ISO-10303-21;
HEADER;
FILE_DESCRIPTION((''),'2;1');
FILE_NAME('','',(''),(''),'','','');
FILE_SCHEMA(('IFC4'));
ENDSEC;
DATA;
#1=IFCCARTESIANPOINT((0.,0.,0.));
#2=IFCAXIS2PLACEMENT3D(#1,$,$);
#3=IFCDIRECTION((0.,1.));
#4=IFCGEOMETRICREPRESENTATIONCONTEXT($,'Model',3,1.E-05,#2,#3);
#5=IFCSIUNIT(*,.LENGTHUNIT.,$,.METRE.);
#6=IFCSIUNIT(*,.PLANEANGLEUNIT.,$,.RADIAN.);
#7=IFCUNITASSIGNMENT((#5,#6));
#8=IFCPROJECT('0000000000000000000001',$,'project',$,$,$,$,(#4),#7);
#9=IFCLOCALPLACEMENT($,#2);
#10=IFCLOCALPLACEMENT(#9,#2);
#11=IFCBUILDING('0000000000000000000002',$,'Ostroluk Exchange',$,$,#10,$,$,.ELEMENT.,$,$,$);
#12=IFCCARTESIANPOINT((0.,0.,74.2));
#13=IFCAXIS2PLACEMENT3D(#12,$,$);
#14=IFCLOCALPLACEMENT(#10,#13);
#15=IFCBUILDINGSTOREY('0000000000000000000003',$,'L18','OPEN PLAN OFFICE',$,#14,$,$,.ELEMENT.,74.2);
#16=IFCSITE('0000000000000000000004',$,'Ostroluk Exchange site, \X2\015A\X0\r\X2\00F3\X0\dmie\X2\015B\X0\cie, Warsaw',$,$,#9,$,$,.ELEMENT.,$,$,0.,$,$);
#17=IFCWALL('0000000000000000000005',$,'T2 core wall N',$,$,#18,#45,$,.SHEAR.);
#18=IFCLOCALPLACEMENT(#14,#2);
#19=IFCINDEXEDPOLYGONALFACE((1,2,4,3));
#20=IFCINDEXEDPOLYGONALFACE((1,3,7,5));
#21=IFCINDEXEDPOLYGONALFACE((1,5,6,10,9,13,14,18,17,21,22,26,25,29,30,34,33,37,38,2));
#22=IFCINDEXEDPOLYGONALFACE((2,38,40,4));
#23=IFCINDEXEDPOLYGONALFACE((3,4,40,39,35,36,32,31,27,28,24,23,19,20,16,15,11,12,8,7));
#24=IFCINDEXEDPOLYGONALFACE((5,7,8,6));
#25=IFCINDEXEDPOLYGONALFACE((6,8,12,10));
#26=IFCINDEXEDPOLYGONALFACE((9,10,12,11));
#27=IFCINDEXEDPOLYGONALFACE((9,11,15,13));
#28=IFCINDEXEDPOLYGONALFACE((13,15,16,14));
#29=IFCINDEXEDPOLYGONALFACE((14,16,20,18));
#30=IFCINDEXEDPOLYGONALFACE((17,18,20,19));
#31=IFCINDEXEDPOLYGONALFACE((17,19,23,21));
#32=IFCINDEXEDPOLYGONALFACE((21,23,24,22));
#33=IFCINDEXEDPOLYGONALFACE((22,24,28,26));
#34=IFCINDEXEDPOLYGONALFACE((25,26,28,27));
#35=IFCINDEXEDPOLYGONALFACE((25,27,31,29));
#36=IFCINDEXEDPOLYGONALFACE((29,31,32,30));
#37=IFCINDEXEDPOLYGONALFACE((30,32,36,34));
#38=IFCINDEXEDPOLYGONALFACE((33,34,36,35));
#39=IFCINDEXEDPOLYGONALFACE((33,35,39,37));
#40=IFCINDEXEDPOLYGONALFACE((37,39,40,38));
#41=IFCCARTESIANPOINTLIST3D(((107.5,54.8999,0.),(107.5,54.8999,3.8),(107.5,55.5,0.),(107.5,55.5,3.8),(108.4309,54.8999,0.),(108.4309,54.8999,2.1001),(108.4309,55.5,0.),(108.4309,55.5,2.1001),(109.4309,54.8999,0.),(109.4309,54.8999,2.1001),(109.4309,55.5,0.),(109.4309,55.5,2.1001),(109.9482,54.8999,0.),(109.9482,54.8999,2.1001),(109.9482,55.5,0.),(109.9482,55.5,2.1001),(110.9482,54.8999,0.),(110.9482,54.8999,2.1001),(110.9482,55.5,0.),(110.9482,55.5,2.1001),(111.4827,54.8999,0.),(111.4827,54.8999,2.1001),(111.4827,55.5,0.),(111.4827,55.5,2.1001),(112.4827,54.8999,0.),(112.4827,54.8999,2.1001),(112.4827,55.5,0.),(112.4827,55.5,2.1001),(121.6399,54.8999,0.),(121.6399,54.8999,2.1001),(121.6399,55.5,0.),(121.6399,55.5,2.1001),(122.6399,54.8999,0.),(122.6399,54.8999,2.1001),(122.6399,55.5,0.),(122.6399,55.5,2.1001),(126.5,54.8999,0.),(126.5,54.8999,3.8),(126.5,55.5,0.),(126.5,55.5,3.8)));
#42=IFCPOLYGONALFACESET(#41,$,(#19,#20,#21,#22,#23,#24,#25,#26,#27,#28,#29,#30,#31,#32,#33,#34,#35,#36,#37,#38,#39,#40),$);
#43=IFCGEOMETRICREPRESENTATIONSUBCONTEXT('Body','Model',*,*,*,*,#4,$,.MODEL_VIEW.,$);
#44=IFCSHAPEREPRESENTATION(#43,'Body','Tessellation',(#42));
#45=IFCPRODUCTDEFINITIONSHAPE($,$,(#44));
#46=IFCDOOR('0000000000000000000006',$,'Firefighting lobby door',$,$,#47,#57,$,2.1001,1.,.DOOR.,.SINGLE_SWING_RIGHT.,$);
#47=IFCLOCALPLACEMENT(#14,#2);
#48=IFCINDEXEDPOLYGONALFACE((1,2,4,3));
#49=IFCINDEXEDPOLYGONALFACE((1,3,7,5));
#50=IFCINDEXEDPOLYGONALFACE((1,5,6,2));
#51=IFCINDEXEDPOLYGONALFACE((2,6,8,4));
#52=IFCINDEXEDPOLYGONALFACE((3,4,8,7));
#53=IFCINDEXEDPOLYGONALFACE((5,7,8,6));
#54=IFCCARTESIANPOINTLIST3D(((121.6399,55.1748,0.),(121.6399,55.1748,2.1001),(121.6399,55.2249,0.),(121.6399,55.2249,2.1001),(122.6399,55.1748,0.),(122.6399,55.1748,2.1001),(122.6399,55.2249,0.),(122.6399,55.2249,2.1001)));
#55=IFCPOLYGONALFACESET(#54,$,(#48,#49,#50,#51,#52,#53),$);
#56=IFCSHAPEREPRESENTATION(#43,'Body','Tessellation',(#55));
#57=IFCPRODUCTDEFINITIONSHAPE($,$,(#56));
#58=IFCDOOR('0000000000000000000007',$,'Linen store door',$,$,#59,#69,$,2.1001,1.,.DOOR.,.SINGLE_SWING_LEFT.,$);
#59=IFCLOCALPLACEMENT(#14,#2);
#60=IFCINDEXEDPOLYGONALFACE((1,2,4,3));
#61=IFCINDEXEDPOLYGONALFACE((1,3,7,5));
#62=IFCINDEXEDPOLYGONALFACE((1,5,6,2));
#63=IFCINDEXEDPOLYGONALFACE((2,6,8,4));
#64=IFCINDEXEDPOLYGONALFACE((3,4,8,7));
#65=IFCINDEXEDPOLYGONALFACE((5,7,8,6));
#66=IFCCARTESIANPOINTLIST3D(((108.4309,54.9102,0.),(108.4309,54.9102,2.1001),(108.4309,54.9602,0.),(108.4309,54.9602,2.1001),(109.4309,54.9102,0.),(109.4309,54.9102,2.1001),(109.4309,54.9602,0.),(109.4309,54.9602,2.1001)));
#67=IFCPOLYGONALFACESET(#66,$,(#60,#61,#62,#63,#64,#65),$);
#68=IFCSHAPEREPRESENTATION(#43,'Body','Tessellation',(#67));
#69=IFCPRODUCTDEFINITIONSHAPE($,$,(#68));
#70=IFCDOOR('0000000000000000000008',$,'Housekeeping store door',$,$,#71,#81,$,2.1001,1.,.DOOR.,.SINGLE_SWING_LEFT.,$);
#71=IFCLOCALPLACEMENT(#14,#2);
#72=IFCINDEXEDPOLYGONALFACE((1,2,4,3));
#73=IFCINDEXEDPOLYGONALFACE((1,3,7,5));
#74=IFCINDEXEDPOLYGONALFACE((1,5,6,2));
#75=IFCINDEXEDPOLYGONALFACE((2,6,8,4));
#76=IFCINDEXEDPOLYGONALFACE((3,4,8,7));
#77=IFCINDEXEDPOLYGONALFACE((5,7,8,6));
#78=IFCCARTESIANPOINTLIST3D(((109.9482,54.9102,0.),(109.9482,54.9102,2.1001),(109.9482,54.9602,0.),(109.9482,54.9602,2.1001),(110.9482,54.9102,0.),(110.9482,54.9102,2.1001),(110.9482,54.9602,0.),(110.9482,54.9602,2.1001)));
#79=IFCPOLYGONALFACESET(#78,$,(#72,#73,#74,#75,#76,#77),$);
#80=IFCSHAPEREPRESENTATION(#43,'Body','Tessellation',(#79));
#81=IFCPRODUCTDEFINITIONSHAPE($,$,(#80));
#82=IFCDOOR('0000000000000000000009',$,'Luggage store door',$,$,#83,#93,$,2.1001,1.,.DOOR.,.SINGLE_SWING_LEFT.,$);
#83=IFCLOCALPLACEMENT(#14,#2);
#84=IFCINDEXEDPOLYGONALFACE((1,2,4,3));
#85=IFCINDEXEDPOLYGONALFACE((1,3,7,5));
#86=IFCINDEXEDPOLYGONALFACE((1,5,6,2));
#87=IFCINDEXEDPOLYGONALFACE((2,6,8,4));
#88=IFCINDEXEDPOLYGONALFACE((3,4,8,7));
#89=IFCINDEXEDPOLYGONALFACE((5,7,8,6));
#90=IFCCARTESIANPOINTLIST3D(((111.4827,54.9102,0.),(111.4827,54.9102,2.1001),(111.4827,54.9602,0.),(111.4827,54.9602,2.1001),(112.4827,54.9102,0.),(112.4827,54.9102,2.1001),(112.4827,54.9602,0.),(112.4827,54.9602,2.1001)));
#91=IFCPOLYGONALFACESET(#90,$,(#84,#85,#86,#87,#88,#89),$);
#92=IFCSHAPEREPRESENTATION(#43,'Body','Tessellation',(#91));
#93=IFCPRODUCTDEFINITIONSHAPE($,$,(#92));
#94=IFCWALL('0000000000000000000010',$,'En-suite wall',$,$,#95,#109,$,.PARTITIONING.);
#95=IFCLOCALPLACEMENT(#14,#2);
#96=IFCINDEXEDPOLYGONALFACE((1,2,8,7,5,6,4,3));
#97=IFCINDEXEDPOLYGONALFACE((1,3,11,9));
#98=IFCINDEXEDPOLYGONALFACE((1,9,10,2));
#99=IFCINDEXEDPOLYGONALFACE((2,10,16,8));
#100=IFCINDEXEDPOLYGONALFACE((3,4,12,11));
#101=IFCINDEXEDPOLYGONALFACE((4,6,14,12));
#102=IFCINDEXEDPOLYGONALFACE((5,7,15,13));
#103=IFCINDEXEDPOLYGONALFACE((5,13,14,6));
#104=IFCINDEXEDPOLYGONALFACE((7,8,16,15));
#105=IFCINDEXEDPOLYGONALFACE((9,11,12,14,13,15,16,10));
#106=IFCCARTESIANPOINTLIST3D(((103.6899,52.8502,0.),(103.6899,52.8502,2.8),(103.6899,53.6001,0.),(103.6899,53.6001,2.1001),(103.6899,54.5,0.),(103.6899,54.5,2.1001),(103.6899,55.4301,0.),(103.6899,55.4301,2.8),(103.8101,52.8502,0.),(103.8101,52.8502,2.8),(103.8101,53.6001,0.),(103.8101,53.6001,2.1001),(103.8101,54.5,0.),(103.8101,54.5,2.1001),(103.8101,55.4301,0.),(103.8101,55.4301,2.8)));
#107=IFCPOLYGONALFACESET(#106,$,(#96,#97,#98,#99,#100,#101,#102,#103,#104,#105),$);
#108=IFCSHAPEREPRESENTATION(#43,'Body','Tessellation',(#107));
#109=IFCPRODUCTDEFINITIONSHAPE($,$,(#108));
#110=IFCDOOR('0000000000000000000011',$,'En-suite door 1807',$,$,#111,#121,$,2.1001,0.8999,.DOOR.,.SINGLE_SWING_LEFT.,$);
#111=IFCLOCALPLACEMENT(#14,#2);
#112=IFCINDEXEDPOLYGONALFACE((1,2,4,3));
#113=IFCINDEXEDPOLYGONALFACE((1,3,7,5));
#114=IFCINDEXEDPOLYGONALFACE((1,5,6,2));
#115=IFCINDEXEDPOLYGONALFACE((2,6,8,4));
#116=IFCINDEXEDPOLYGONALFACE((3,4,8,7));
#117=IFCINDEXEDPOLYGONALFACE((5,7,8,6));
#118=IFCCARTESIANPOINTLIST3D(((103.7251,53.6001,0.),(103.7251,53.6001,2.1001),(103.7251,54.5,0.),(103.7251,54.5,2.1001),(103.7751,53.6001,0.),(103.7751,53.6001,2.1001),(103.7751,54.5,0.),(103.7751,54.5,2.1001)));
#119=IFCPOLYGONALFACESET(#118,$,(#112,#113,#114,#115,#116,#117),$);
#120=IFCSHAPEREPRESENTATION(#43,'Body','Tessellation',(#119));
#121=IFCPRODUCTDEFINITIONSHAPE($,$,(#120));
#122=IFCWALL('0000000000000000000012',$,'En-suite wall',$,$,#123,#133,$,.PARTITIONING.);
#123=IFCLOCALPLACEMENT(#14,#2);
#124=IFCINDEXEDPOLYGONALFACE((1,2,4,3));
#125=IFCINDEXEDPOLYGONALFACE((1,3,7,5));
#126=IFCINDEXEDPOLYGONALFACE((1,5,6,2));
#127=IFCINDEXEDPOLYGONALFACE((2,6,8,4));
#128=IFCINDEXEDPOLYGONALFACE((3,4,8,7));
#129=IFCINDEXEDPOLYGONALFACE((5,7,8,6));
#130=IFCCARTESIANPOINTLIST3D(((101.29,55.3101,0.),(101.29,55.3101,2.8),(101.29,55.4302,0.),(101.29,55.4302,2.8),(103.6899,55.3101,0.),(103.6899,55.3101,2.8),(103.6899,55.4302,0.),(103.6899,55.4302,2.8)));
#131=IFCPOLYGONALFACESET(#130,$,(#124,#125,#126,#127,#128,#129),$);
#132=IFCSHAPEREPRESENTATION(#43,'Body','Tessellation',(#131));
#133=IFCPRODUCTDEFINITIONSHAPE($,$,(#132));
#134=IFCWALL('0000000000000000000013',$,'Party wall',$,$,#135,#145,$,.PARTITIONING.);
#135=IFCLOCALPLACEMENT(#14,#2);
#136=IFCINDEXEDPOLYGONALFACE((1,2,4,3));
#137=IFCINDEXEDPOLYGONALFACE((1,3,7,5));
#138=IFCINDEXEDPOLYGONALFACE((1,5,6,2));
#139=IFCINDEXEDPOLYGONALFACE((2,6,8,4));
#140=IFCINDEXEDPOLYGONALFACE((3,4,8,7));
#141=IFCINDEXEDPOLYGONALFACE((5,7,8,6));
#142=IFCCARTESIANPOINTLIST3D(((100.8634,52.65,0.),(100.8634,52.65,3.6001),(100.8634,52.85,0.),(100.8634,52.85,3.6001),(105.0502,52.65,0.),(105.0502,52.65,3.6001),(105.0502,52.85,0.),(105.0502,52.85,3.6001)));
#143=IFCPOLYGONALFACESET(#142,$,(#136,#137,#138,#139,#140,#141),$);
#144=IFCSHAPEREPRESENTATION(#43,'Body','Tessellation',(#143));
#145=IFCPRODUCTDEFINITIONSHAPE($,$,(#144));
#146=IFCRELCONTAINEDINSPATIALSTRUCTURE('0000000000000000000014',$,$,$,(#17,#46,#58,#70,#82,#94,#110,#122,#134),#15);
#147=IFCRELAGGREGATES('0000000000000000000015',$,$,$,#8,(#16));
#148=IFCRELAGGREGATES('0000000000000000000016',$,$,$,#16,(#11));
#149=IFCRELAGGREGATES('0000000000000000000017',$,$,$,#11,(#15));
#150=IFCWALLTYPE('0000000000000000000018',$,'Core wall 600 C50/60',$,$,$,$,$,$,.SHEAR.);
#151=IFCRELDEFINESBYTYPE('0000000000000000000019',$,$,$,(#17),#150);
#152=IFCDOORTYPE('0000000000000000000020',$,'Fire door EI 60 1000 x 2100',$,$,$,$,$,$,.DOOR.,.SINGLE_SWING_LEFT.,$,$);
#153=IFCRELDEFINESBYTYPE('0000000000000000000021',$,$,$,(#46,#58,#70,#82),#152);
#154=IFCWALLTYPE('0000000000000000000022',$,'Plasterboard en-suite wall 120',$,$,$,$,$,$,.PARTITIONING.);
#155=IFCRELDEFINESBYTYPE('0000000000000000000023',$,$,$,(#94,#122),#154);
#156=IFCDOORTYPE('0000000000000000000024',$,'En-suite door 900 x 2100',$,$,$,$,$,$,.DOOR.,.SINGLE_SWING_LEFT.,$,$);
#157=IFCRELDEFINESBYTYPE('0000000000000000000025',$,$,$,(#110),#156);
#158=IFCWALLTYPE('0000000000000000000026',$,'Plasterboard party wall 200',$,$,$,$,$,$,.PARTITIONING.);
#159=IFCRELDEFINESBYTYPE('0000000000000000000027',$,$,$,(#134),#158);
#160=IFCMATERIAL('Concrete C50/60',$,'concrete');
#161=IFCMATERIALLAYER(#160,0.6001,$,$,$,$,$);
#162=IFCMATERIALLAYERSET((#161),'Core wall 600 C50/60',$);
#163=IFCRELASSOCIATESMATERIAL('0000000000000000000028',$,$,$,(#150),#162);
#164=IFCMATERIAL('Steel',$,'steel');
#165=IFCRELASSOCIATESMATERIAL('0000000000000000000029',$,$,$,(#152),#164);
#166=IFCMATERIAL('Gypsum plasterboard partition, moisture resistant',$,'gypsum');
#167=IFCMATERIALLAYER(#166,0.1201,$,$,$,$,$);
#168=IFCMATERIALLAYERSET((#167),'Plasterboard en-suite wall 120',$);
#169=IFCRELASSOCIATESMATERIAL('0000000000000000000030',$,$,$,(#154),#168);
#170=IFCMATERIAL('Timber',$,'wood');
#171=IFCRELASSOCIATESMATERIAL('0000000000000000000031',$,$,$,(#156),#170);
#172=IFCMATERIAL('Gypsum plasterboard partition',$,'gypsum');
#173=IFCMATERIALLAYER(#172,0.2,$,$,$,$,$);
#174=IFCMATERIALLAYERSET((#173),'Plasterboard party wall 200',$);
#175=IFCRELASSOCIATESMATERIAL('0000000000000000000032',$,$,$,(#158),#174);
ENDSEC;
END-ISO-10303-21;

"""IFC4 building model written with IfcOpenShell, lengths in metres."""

from ifc_helpers import new_model, si_unit, direction, frame, frame_2d, origin, place, context, subcontext, project, spatial, rectangle, extrude, material, layer, layer_set, type_object, element, fill, save


model = new_model("IFC4")

# Units and contexts
model_context = context("Model", 3, precision=1e-05, world=origin(), true_north=direction((0.0, 1.0)))
body_context = subcontext(model_context, "Body", "Model", "MODEL_VIEW")
ifc_project = project(units=[si_unit("LENGTHUNIT", "METRE"), si_unit("PLANEANGLEUNIT", "RADIAN")], contexts=[model_context])

# Site, building, storey
site_placement = place(None, origin())
site = spatial("IfcSite", under=ifc_project, at=site_placement, Name="Ostroluk Exchange site, Śródmieście, Warsaw", CompositionType="ELEMENT", RefElevation=0.0)
building_placement = place(site_placement, origin())
building = spatial("IfcBuilding", under=site, at=building_placement, Name="Ostroluk Exchange", CompositionType="ELEMENT")
storey_placement = place(building_placement, frame((0.0, 0.0, 74.2)))
storey = spatial("IfcBuildingStorey", under=building, at=storey_placement, Name="L18", Description="OPEN PLAN OFFICE", CompositionType="ELEMENT", Elevation=74.2)

# Wall, openings, doors
ifc_material_1 = material(Name="Concrete C50/60", Category="concrete")
ifc_layer_1 = layer(ifc_material_1, 0.6001)
ifc_layer_set_1 = layer_set([ifc_layer_1], Name="Core wall 600 C50/60")
wall_type_1 = type_object("IfcWallType", Name="Core wall 600 C50/60", PredefinedType="SHEAR", material=ifc_layer_set_1)
wall_1_placement = place(storey_placement, frame((107.5, 55.2, 0.0), z_axis=(0.0, 0.0, 1.0), x_axis=(1.0, 0.0, 0.0)))
wall_1 = element("IfcWall", 1, at=wall_1_placement, inside=storey, type_object=wall_type_1, Name="T2 core wall N", PredefinedType="SHEAR", context=body_context, shape_type="SweptSolid", body=[
    extrude(rectangle(XDim=19.0, YDim=0.6001, at=frame_2d((9.5, 0.0))), origin(), (0.0, 0.0, 1.0), 3.8),
])
opening_1_placement = place(wall_1_placement, frame((14.1399, 0.0, 0.0)))
opening_1 = element("IfcOpeningElement", 2, at=opening_1_placement, cuts=wall_1, PredefinedType="OPENING", context=body_context, shape_type="SweptSolid", body=[
    extrude(rectangle(XDim=1.0, YDim=2.1001, at=frame_2d((0.5, 1.05))), frame((0.0, 0.3101, 0.0), z_axis=(0.0, -1.0, 0.0), x_axis=(1.0, 0.0, 0.0)), (0.0, 0.0, 1.0), 0.6201),
])
opening_2_placement = place(wall_1_placement, frame((0.9309, 0.0, 0.0)))
opening_2 = element("IfcOpeningElement", 3, at=opening_2_placement, cuts=wall_1, PredefinedType="OPENING", context=body_context, shape_type="SweptSolid", body=[
    extrude(rectangle(XDim=1.0, YDim=2.1001, at=frame_2d((0.5, 1.05))), frame((0.0, 0.3101, 0.0), z_axis=(0.0, -1.0, 0.0), x_axis=(1.0, 0.0, 0.0)), (0.0, 0.0, 1.0), 0.6201),
])
opening_3_placement = place(wall_1_placement, frame((2.4482, 0.0, 0.0)))
opening_3 = element("IfcOpeningElement", 4, at=opening_3_placement, cuts=wall_1, PredefinedType="OPENING", context=body_context, shape_type="SweptSolid", body=[
    extrude(rectangle(XDim=1.0, YDim=2.1001, at=frame_2d((0.5, 1.05))), frame((0.0, 0.3101, 0.0), z_axis=(0.0, -1.0, 0.0), x_axis=(1.0, 0.0, 0.0)), (0.0, 0.0, 1.0), 0.6201),
])
opening_4_placement = place(wall_1_placement, frame((3.9827, 0.0, 0.0)))
opening_4 = element("IfcOpeningElement", 5, at=opening_4_placement, cuts=wall_1, PredefinedType="OPENING", context=body_context, shape_type="SweptSolid", body=[
    extrude(rectangle(XDim=1.0, YDim=2.1001, at=frame_2d((0.5, 1.05))), frame((0.0, 0.3101, 0.0), z_axis=(0.0, -1.0, 0.0), x_axis=(1.0, 0.0, 0.0)), (0.0, 0.0, 1.0), 0.6201),
])
ifc_material_2 = material(Name="Steel", Category="steel")
door_type_1 = type_object("IfcDoorType", Name="Fire door EI 60 1000 x 2100", OperationType="SINGLE_SWING_LEFT", PredefinedType="DOOR", material=ifc_material_2)
door_1_placement = place(opening_1_placement, origin())
door_1 = element("IfcDoor", 6, at=door_1_placement, inside=storey, type_object=door_type_1, Name="Firefighting lobby door", OperationType="SINGLE_SWING_RIGHT", OverallHeight=2.1001, OverallWidth=1.0, PredefinedType="DOOR", context=body_context, shape_type="SweptSolid", body=[
    extrude(rectangle(XDim=1.0, YDim=2.1001, at=frame_2d((0.5, 1.05))), frame((0.0, 0.0249, 0.0), z_axis=(0.0, -1.0, 0.0), x_axis=(1.0, 0.0, 0.0)), (0.0, 0.0, 1.0), 0.05),
])
fill(opening_1, door_1)
door_2_placement = place(opening_2_placement, origin())
door_2 = element("IfcDoor", 7, at=door_2_placement, inside=storey, type_object=door_type_1, Name="Linen store door", OperationType="SINGLE_SWING_LEFT", OverallHeight=2.1001, OverallWidth=1.0, PredefinedType="DOOR", context=body_context, shape_type="SweptSolid", body=[
    extrude(rectangle(XDim=1.0, YDim=2.1001, at=frame_2d((0.5, 1.05))), frame((0.0, -0.2397, 0.0), z_axis=(0.0, -1.0, 0.0), x_axis=(1.0, 0.0, 0.0)), (0.0, 0.0, 1.0), 0.05),
])
fill(opening_2, door_2)
door_3_placement = place(opening_3_placement, origin())
door_3 = element("IfcDoor", 8, at=door_3_placement, inside=storey, type_object=door_type_1, Name="Housekeeping store door", OperationType="SINGLE_SWING_LEFT", OverallHeight=2.1001, OverallWidth=1.0, PredefinedType="DOOR", context=body_context, shape_type="SweptSolid", body=[
    extrude(rectangle(XDim=1.0, YDim=2.1001, at=frame_2d((0.5, 1.05))), frame((0.0, -0.2397, 0.0), z_axis=(0.0, -1.0, 0.0), x_axis=(1.0, 0.0, 0.0)), (0.0, 0.0, 1.0), 0.05),
])
fill(opening_3, door_3)
door_4_placement = place(opening_4_placement, origin())
door_4 = element("IfcDoor", 9, at=door_4_placement, inside=storey, type_object=door_type_1, Name="Luggage store door", OperationType="SINGLE_SWING_LEFT", OverallHeight=2.1001, OverallWidth=1.0, PredefinedType="DOOR", context=body_context, shape_type="SweptSolid", body=[
    extrude(rectangle(XDim=1.0, YDim=2.1001, at=frame_2d((0.5, 1.05))), frame((0.0, -0.2397, 0.0), z_axis=(0.0, -1.0, 0.0), x_axis=(1.0, 0.0, 0.0)), (0.0, 0.0, 1.0), 0.05),
])
fill(opening_4, door_4)

# Wall, opening, door
ifc_material_3 = material(Name="Gypsum plasterboard partition, moisture resistant", Category="gypsum")
ifc_layer_2 = layer(ifc_material_3, 0.1201)
ifc_layer_set_2 = layer_set([ifc_layer_2], Name="Plasterboard en-suite wall 120")
wall_type_2 = type_object("IfcWallType", Name="Plasterboard en-suite wall 120", PredefinedType="PARTITIONING", material=ifc_layer_set_2)
wall_2_placement = place(storey_placement, frame((103.75, 52.8501, 0.0), z_axis=(0.0, 0.0, 1.0), x_axis=(0.0, 1.0, 0.0)))
wall_2 = element("IfcWall", 10, at=wall_2_placement, inside=storey, type_object=wall_type_2, Name="En-suite wall", PredefinedType="PARTITIONING", context=body_context, shape_type="SweptSolid", body=[
    extrude(rectangle(XDim=2.5798, YDim=0.1201, at=frame_2d((1.29, 0.0))), origin(), (0.0, 0.0, 1.0), 2.8),
])
opening_5_placement = place(wall_2_placement, frame((0.75, 0.0, 0.0)))
opening_5 = element("IfcOpeningElement", 11, at=opening_5_placement, cuts=wall_2, PredefinedType="OPENING", context=body_context, shape_type="SweptSolid", body=[
    extrude(rectangle(XDim=0.8999, YDim=2.1001, at=frame_2d((0.45, 1.05))), frame((0.0, 0.0701, 0.0), z_axis=(0.0, -1.0, 0.0), x_axis=(1.0, 0.0, 0.0)), (0.0, 0.0, 1.0), 0.1401),
])
ifc_material_4 = material(Name="Timber", Category="wood")
door_type_2 = type_object("IfcDoorType", Name="En-suite door 900 x 2100", OperationType="SINGLE_SWING_LEFT", PredefinedType="DOOR", material=ifc_material_4)
door_5_placement = place(opening_5_placement, origin())
door_5 = element("IfcDoor", 12, at=door_5_placement, inside=storey, type_object=door_type_2, Name="En-suite door 1807", OperationType="SINGLE_SWING_LEFT", OverallHeight=2.1001, OverallWidth=0.8999, PredefinedType="DOOR", context=body_context, shape_type="SweptSolid", body=[
    extrude(rectangle(XDim=0.8999, YDim=2.1001, at=frame_2d((0.45, 1.05))), frame((0.0, 0.0249, 0.0), z_axis=(0.0, -1.0, 0.0), x_axis=(1.0, 0.0, 0.0)), (0.0, 0.0, 1.0), 0.05),
])
fill(opening_5, door_5)

# Walls
wall_3_placement = place(storey_placement, frame((103.6899, 55.3701, 0.0), z_axis=(0.0, 0.0, 1.0), x_axis=(-1.0, 0.0, 0.0)))
element("IfcWall", 13, at=wall_3_placement, inside=storey, type_object=wall_type_2, Name="En-suite wall", PredefinedType="PARTITIONING", context=body_context, shape_type="SweptSolid", body=[
    extrude(rectangle(XDim=2.3999, YDim=0.1201, at=frame_2d((1.2, 0.0))), origin(), (0.0, 0.0, 1.0), 2.8),
])
ifc_material_5 = material(Name="Gypsum plasterboard partition", Category="gypsum")
ifc_layer_3 = layer(ifc_material_5, 0.2)
ifc_layer_set_3 = layer_set([ifc_layer_3], Name="Plasterboard party wall 200")
wall_type_3 = type_object("IfcWallType", Name="Plasterboard party wall 200", PredefinedType="PARTITIONING", material=ifc_layer_set_3)
wall_4_placement = place(storey_placement, frame((105.05, 52.75, 0.0), z_axis=(0.0, 0.0, 1.0), x_axis=(-1.0, 0.0, 0.0)))
element("IfcWall", 14, at=wall_4_placement, inside=storey, type_object=wall_type_3, Name="Party wall", PredefinedType="PARTITIONING", context=body_context, shape_type="SweptSolid", body=[
    extrude(rectangle(XDim=4.1868, YDim=0.2, at=frame_2d((2.0933, 0.0))), origin(), (0.0, 0.0, 1.0), 3.6001),
])

save(model, "model.ifc")
